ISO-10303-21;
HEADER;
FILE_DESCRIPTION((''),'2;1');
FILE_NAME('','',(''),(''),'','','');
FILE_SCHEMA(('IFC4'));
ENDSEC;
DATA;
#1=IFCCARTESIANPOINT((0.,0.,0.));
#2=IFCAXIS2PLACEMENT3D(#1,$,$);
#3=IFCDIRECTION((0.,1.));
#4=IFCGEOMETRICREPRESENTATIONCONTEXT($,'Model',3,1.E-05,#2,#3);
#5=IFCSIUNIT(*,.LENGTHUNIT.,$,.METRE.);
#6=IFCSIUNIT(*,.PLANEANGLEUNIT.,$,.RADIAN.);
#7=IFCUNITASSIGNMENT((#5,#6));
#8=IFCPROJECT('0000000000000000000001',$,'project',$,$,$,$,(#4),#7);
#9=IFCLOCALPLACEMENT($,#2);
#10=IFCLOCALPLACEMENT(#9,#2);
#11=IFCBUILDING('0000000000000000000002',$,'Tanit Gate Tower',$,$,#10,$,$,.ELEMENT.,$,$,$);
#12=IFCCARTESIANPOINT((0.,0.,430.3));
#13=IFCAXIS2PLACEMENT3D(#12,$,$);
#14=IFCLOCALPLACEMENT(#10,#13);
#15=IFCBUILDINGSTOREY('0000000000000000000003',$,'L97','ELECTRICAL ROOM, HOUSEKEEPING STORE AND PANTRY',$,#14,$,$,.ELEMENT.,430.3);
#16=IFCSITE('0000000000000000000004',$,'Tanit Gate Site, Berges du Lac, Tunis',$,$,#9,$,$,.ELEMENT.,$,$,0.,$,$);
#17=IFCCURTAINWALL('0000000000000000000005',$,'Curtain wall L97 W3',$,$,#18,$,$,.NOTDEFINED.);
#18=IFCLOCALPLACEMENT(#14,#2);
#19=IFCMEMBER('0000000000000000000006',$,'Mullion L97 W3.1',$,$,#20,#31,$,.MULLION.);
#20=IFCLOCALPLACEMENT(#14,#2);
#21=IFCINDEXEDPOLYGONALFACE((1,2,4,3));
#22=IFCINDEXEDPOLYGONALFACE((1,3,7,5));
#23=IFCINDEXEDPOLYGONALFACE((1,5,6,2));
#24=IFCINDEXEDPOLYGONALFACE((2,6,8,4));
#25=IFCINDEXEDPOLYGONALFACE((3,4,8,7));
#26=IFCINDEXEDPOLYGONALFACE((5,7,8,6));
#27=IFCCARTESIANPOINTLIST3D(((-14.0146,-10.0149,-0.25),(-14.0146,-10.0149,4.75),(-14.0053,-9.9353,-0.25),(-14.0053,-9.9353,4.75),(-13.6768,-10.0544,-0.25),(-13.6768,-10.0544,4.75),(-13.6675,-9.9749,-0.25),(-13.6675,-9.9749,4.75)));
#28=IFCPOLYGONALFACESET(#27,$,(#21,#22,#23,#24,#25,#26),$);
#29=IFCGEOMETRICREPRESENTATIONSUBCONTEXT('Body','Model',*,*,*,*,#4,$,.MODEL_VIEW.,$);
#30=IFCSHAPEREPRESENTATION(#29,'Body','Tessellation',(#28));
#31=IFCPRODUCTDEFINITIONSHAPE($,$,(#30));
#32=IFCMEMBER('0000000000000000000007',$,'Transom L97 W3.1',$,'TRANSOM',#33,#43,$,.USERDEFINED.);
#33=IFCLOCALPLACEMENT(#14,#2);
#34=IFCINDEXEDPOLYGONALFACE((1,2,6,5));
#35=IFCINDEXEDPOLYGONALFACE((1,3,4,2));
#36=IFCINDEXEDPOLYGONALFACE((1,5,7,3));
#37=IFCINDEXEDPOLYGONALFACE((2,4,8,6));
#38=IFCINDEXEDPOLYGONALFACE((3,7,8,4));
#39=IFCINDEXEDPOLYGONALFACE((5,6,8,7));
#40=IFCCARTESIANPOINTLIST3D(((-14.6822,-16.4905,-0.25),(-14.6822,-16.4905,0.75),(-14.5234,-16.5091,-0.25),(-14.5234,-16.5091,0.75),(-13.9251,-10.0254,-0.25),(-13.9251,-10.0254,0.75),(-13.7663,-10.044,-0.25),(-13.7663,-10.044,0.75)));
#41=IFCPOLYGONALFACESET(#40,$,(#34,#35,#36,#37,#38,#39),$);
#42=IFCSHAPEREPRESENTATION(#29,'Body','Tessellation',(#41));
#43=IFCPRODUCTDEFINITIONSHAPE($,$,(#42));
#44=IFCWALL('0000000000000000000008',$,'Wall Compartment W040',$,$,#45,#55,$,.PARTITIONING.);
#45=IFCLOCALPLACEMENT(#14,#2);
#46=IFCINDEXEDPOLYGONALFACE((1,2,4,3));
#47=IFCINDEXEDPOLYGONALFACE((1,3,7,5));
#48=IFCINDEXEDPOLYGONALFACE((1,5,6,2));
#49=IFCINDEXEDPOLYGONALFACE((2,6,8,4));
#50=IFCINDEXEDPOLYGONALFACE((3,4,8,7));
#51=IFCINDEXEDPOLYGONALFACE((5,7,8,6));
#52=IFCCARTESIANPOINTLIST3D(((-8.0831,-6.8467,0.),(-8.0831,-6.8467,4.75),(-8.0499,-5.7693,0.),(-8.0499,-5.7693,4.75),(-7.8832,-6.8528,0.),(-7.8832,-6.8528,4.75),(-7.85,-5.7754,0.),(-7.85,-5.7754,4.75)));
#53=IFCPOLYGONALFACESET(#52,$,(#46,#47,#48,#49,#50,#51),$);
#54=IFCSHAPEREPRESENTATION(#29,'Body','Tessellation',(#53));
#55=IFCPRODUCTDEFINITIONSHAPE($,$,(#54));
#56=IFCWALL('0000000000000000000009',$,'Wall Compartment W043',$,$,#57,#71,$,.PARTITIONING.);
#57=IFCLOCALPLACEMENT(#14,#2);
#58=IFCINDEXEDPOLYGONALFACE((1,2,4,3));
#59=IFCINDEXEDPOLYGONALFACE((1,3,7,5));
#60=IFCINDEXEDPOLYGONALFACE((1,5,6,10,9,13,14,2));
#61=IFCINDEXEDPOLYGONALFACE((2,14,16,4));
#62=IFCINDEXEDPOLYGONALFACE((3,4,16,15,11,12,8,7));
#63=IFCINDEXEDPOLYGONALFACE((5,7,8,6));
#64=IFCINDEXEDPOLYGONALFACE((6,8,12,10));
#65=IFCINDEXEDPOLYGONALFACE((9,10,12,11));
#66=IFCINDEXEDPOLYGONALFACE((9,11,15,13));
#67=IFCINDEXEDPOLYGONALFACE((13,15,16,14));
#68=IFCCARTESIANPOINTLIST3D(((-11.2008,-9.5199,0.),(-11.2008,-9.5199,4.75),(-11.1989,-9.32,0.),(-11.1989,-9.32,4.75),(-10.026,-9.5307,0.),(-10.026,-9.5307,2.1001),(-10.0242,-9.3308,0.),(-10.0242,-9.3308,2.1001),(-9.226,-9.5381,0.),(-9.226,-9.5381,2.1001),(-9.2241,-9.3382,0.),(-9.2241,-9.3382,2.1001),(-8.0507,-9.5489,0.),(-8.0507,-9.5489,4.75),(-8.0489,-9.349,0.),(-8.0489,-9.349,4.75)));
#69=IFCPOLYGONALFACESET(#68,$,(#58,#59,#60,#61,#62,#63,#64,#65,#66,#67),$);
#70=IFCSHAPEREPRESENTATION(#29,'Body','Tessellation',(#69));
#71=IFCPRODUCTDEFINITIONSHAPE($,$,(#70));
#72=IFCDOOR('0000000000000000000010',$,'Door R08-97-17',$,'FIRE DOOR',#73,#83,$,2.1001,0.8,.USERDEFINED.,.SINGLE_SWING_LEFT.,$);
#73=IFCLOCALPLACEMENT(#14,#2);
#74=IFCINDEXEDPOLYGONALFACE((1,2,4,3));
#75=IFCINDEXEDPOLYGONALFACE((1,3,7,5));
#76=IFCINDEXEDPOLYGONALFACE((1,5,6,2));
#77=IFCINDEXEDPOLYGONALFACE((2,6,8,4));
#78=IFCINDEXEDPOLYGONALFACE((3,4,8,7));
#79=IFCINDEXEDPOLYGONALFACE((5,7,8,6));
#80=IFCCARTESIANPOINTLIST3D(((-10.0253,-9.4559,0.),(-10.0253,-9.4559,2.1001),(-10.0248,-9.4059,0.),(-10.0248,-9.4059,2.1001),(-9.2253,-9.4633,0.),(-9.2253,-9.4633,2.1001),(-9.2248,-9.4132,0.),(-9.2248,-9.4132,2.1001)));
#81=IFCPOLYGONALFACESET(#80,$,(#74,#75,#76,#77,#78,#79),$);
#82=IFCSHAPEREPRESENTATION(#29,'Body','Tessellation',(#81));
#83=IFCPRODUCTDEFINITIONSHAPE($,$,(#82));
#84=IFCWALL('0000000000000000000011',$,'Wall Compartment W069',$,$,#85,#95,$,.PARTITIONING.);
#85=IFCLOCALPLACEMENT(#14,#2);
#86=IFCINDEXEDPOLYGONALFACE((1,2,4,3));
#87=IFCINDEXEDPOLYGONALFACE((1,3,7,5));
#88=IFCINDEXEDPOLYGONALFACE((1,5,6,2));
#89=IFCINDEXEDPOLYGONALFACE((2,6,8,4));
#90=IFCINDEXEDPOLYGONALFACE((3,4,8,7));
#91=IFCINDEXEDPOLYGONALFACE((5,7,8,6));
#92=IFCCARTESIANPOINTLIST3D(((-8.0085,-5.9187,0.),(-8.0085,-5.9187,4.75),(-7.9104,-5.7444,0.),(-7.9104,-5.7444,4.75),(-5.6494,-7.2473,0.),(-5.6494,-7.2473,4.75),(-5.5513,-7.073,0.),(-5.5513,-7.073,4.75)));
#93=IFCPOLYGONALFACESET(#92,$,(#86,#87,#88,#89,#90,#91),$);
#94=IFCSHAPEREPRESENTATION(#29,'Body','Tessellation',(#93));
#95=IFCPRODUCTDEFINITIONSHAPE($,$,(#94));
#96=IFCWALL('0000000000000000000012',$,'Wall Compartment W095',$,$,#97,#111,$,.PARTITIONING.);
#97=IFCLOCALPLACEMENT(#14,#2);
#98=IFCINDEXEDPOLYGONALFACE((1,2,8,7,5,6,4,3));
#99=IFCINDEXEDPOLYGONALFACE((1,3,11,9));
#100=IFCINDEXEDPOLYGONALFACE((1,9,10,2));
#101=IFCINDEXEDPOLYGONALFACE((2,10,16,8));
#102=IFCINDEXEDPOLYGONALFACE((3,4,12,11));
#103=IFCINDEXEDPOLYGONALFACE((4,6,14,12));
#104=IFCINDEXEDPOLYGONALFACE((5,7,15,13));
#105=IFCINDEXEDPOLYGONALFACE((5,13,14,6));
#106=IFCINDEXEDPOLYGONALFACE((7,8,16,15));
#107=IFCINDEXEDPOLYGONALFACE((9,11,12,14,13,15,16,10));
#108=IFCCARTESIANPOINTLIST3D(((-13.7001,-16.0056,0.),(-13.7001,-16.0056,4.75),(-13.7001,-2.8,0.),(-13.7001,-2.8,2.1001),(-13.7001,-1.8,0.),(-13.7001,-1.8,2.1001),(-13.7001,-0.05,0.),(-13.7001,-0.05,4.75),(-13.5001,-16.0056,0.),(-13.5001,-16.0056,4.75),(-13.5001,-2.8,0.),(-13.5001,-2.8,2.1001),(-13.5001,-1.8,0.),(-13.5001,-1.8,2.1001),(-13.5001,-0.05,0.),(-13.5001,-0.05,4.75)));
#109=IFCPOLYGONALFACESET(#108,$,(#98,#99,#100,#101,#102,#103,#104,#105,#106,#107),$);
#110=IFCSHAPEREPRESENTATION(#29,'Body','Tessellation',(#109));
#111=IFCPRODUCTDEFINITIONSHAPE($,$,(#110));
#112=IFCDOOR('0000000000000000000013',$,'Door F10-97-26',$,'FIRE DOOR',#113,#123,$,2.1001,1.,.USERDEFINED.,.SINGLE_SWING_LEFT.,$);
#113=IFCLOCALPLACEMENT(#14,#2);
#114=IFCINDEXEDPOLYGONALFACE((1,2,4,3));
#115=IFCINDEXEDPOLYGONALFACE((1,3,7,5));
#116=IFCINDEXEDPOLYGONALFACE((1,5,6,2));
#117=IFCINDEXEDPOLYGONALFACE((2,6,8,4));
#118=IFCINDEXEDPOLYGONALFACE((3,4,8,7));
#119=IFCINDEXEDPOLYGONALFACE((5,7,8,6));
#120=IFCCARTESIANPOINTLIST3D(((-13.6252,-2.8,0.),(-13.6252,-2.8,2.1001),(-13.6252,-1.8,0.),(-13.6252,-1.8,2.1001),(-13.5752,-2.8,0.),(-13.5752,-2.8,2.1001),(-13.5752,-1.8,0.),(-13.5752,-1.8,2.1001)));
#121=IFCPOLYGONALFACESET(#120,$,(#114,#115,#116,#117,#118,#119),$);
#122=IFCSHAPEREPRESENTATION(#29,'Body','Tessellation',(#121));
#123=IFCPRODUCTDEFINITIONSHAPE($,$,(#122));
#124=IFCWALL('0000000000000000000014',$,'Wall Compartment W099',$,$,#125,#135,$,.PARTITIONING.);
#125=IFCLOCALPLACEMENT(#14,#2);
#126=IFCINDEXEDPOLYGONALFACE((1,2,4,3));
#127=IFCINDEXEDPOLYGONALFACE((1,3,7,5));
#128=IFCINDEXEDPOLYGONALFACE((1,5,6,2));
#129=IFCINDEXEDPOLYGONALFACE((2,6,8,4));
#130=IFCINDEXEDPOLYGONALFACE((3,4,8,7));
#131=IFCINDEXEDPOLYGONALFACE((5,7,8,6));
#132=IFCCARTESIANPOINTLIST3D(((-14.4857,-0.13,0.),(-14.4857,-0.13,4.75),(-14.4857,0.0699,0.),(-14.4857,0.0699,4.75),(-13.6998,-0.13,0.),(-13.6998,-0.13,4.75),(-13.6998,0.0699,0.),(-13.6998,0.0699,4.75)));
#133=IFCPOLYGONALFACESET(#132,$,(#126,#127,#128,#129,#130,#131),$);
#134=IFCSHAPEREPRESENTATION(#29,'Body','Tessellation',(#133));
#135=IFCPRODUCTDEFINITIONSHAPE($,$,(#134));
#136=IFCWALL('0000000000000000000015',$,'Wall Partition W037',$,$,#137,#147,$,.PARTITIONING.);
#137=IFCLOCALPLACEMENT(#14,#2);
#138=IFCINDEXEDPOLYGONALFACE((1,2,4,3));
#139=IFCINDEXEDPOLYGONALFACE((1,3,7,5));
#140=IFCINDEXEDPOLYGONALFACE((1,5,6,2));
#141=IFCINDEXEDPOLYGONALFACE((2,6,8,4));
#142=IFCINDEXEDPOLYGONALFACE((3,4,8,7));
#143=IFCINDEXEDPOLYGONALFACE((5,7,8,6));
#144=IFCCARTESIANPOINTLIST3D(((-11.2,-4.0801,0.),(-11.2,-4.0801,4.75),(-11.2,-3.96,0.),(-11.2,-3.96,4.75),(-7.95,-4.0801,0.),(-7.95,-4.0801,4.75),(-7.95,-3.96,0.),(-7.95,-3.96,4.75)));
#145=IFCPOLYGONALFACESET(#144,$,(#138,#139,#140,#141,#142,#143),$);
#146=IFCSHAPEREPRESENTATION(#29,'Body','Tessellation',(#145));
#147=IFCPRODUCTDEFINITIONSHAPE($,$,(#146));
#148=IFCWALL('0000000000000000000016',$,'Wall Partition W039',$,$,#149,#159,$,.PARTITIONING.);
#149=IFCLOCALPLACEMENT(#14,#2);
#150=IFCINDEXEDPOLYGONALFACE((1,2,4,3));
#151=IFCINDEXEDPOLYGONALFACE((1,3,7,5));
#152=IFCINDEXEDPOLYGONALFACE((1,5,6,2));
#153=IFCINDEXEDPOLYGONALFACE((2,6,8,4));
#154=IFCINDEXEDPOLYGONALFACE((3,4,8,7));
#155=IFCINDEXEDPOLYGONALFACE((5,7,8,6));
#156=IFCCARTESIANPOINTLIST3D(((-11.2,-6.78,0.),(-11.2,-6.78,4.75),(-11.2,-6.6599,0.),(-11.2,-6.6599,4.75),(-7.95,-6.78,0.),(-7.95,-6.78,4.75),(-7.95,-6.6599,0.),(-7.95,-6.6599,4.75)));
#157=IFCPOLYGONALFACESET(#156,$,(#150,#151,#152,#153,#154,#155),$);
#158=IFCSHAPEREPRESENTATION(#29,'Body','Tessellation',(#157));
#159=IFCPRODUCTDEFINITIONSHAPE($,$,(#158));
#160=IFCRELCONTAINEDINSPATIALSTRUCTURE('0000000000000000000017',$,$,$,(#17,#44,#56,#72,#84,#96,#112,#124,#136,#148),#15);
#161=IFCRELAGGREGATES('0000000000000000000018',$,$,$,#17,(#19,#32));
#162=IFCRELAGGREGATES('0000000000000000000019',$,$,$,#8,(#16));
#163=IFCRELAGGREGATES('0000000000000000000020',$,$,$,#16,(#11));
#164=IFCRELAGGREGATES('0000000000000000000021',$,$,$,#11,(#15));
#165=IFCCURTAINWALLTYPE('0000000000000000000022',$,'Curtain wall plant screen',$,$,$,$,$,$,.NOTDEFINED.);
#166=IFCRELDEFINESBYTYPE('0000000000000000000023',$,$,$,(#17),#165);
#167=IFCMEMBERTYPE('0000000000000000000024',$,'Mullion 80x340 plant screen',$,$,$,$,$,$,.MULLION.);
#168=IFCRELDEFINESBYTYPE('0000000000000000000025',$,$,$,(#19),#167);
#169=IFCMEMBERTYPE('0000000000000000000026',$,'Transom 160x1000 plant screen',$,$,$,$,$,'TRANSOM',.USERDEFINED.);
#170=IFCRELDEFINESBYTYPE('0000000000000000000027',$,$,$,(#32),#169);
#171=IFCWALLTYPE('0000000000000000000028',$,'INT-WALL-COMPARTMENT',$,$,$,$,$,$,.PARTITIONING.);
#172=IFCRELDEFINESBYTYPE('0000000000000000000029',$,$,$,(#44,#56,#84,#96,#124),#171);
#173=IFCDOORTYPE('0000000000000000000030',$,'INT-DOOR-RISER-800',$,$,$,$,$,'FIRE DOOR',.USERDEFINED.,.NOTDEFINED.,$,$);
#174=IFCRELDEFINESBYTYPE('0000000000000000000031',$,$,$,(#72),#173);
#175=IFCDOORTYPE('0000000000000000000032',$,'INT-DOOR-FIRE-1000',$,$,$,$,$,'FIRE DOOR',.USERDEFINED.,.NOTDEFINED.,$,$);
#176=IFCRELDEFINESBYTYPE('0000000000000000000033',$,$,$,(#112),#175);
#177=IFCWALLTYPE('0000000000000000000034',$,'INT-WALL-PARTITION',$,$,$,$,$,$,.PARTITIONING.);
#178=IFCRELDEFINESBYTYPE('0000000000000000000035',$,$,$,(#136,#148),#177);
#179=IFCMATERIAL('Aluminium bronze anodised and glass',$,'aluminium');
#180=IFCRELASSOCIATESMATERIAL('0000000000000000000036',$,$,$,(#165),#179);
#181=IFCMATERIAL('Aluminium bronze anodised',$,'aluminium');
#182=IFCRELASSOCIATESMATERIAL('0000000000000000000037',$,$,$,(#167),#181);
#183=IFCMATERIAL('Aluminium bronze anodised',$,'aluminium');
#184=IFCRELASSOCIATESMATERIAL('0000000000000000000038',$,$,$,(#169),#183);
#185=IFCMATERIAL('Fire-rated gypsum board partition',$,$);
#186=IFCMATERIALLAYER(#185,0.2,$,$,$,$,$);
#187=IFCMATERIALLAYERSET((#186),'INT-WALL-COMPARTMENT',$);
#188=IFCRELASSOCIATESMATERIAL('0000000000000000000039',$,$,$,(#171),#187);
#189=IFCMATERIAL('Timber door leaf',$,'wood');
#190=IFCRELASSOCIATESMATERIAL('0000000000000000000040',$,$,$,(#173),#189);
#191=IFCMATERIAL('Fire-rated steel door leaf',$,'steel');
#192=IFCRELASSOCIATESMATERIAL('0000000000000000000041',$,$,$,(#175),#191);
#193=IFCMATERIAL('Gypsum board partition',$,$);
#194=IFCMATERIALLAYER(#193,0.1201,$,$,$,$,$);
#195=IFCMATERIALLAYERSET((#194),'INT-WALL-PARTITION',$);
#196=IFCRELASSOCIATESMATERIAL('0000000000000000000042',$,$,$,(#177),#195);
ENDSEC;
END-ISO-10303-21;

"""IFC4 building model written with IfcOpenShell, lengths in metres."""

from ifc_helpers import new_model, si_unit, direction, frame, frame_2d, origin, origin_2d, place, context, subcontext, project, spatial, rectangle, extrude, material, layer, layer_set, material_profile, profile_set, type_object, element, fill, aggregate, save


model = new_model("IFC4")

# Units and contexts
model_context = context("Model", 3, precision=1e-05, world=origin(), true_north=direction((0.0, 1.0)))
body_context = subcontext(model_context, "Body", "Model", "MODEL_VIEW")
ifc_project = project(units=[si_unit("LENGTHUNIT", "METRE"), si_unit("PLANEANGLEUNIT", "RADIAN")], contexts=[model_context])

# Site, building, storey
site_placement = place(None, origin())
site = spatial("IfcSite", under=ifc_project, at=site_placement, Name="Tanit Gate Site, Berges du Lac, Tunis", CompositionType="ELEMENT", RefElevation=0.0)
building_placement = place(site_placement, origin())
building = spatial("IfcBuilding", under=site, at=building_placement, Name="Tanit Gate Tower", CompositionType="ELEMENT")
storey_placement = place(building_placement, frame((0.0, 0.0, 430.3)))
storey = spatial("IfcBuildingStorey", under=building, at=storey_placement, Name="L97", Description="ELECTRICAL ROOM, HOUSEKEEPING STORE AND PANTRY", CompositionType="ELEMENT", Elevation=430.3)

# Curtain wall, members
ifc_material_1 = material(Name="Aluminium bronze anodised and glass", Category="aluminium")
curtain_wall_type = type_object("IfcCurtainWallType", Name="Curtain wall plant screen", PredefinedType="NOTDEFINED", material=ifc_material_1)
curtain_wall_placement = place(storey_placement, origin())
curtain_wall = element("IfcCurtainWall", 1, at=curtain_wall_placement, inside=storey, type_object=curtain_wall_type, Name="Curtain wall L97 W3", PredefinedType="NOTDEFINED")
ifc_material_2 = material(Name="Aluminium bronze anodised", Category="aluminium")
ifc_material_profile_1 = material_profile(ifc_material_2, rectangle(XDim=0.3401, YDim=0.0801, at=origin_2d()), Name="80x340 bronze mullion")
ifc_profile_set_1 = profile_set([ifc_material_profile_1], Name="Aluminium bronze anodised")
member_type_1 = type_object("IfcMemberType", Name="Mullion 80x340 plant screen", PredefinedType="MULLION", material=ifc_profile_set_1)
member_1_placement = place(storey_placement, frame((-13.8411, -9.9949, -0.25), z_axis=(0.0, 0.0, 1.0), x_axis=(0.993212, -0.116318, 0.0)))
member_1 = element("IfcMember", 2, at=member_1_placement, type_object=member_type_1, Name="Mullion L97 W3.1", PredefinedType="MULLION", context=body_context, shape_type="SweptSolid", body=[
    extrude(rectangle(XDim=0.3401, YDim=0.0801, at=origin_2d()), origin(), (0.0, 0.0, 1.0), 5.0),
])
ifc_material_3 = material(Name="Aluminium bronze anodised", Category="aluminium")
ifc_material_profile_2 = material_profile(ifc_material_3, rectangle(XDim=0.1599, YDim=1.0, at=origin_2d()), Name="160x1000 bronze transom")
ifc_profile_set_2 = profile_set([ifc_material_profile_2], Name="Aluminium bronze anodised")
member_type_2 = type_object("IfcMemberType", Name="Transom 160x1000 plant screen", ElementType="TRANSOM", PredefinedType="USERDEFINED", material=ifc_profile_set_2)
member_2_placement = place(storey_placement, frame((-13.8457, -10.0347, 0.25), z_axis=(-0.116308, -0.993213, 0.0), x_axis=(0.993213, -0.116308, 0.0)))
member_2 = element("IfcMember", 3, at=member_2_placement, type_object=member_type_2, Name="Transom L97 W3.1", ObjectType="TRANSOM", PredefinedType="USERDEFINED", context=body_context, shape_type="SweptSolid", body=[
    extrude(rectangle(XDim=0.1599, YDim=1.0, at=origin_2d()), origin(), (0.0, 0.0, 1.0), 6.5093),
])
aggregate(curtain_wall, [member_1, member_2])

# Wall
ifc_material_4 = material(Name="Fire-rated gypsum board partition")
ifc_layer_1 = layer(ifc_material_4, 0.2)
ifc_layer_set_1 = layer_set([ifc_layer_1], Name="INT-WALL-COMPARTMENT")
wall_type_1 = type_object("IfcWallType", Name="INT-WALL-COMPARTMENT", PredefinedType="PARTITIONING", material=ifc_layer_set_1)
wall_1_placement = place(storey_placement, frame((-7.9832, -6.8499, 0.0), z_axis=(0.0, 0.0, 1.0), x_axis=(0.030803, 0.999525, 0.0)))
element("IfcWall", 4, at=wall_1_placement, inside=storey, type_object=wall_type_1, Name="Wall Compartment W040", PredefinedType="PARTITIONING", context=body_context, shape_type="SweptSolid", body=[
    extrude(rectangle(XDim=1.0779, YDim=0.2, at=frame_2d((0.5391, 0.0))), origin(), (0.0, 0.0, 1.0), 4.75),
])

# Wall, opening, door
wall_2_placement = place(storey_placement, frame((-11.2, -9.4199, 0.0), z_axis=(0.0, 0.0, 1.0), x_axis=(0.999957, -0.009223, 0.0)))
wall_2 = element("IfcWall", 5, at=wall_2_placement, inside=storey, type_object=wall_type_1, Name="Wall Compartment W043", PredefinedType="PARTITIONING", context=body_context, shape_type="SweptSolid", body=[
    extrude(rectangle(XDim=3.1501, YDim=0.2, at=frame_2d((1.5752, 0.0))), origin(), (0.0, 0.0, 1.0), 4.75),
])
opening_1_placement = place(wall_2_placement, frame((1.175, 0.0, 0.0)))
opening_1 = element("IfcOpeningElement", 6, at=opening_1_placement, cuts=wall_2, PredefinedType="OPENING", context=body_context, shape_type="SweptSolid", body=[
    extrude(rectangle(XDim=0.8, YDim=2.1001, at=frame_2d((0.3999, 1.05))), frame((0.0, 0.1099, 0.0), z_axis=(0.0, -1.0, 0.0), x_axis=(1.0, 0.0, 0.0)), (0.0, 0.0, 1.0), 0.22),
])
ifc_material_5 = material(Name="Timber door leaf", Category="wood")
door_type_1 = type_object("IfcDoorType", Name="INT-DOOR-RISER-800", ElementType="FIRE DOOR", OperationType="NOTDEFINED", PredefinedType="USERDEFINED", material=ifc_material_5)
door_1_placement = place(opening_1_placement, origin())
door_1 = element("IfcDoor", 7, at=door_1_placement, inside=storey, type_object=door_type_1, Name="Door R08-97-17", ObjectType="FIRE DOOR", OperationType="SINGLE_SWING_LEFT", OverallHeight=2.1001, OverallWidth=0.8, PredefinedType="USERDEFINED", context=body_context, shape_type="SweptSolid", body=[
    extrude(rectangle(XDim=0.8, YDim=2.1001, at=frame_2d((0.3999, 1.05))), frame((0.0, 0.0249, 0.0), z_axis=(0.0, -1.0, 0.0), x_axis=(1.0, 0.0, 0.0)), (0.0, 0.0, 1.0), 0.05),
])
fill(opening_1, door_1)

# Wall
wall_3_placement = place(storey_placement, frame((-7.9595, -5.8315, 0.0), z_axis=(0.0, 0.0, 1.0), x_axis=(0.871323, -0.490711, 0.0)))
element("IfcWall", 8, at=wall_3_placement, inside=storey, type_object=wall_type_1, Name="Wall Compartment W069", PredefinedType="PARTITIONING", context=body_context, shape_type="SweptSolid", body=[
    extrude(rectangle(XDim=2.7075, YDim=0.2, at=frame_2d((1.3538, 0.0))), origin(), (0.0, 0.0, 1.0), 4.75),
])

# Wall, opening, door
wall_4_placement = place(storey_placement, frame((-13.6001, -0.05, 0.0), z_axis=(0.0, 0.0, 1.0), x_axis=(0.0, -1.0, 0.0)))
wall_4 = element("IfcWall", 9, at=wall_4_placement, inside=storey, type_object=wall_type_1, Name="Wall Compartment W095", PredefinedType="PARTITIONING", context=body_context, shape_type="SweptSolid", body=[
    extrude(rectangle(XDim=15.9556, YDim=0.2, at=frame_2d((7.9778, 0.0))), origin(), (0.0, 0.0, 1.0), 4.75),
])
opening_2_placement = place(wall_4_placement, frame((1.75, 0.0, 0.0)))
opening_2 = element("IfcOpeningElement", 10, at=opening_2_placement, cuts=wall_4, PredefinedType="OPENING", context=body_context, shape_type="SweptSolid", body=[
    extrude(rectangle(XDim=1.0, YDim=2.1001, at=frame_2d((0.5, 1.05))), frame((0.0, 0.1099, 0.0), z_axis=(0.0, -1.0, 0.0), x_axis=(1.0, 0.0, 0.0)), (0.0, 0.0, 1.0), 0.22),
])
ifc_material_6 = material(Name="Fire-rated steel door leaf", Category="steel")
door_type_2 = type_object("IfcDoorType", Name="INT-DOOR-FIRE-1000", ElementType="FIRE DOOR", OperationType="NOTDEFINED", PredefinedType="USERDEFINED", material=ifc_material_6)
door_2_placement = place(opening_2_placement, origin())
door_2 = element("IfcDoor", 11, at=door_2_placement, inside=storey, type_object=door_type_2, Name="Door F10-97-26", ObjectType="FIRE DOOR", OperationType="SINGLE_SWING_LEFT", OverallHeight=2.1001, OverallWidth=1.0, PredefinedType="USERDEFINED", context=body_context, shape_type="SweptSolid", body=[
    extrude(rectangle(XDim=1.0, YDim=2.1001, at=frame_2d((0.5, 1.05))), frame((0.0, 0.0249, 0.0), z_axis=(0.0, -1.0, 0.0), x_axis=(1.0, 0.0, 0.0)), (0.0, 0.0, 1.0), 0.05),
])
fill(opening_2, door_2)

# Walls
wall_5_placement = place(storey_placement, frame((-14.4858, -0.03, 0.0), z_axis=(0.0, 0.0, 1.0), x_axis=(1.0, 0.0, 0.0)))
element("IfcWall", 12, at=wall_5_placement, inside=storey, type_object=wall_type_1, Name="Wall Compartment W099", PredefinedType="PARTITIONING", context=body_context, shape_type="SweptSolid", body=[
    extrude(rectangle(XDim=0.7859, YDim=0.2, at=frame_2d((0.3931, 0.0))), origin(), (0.0, 0.0, 1.0), 4.75),
])
ifc_material_7 = material(Name="Gypsum board partition")
ifc_layer_2 = layer(ifc_material_7, 0.1201)
ifc_layer_set_2 = layer_set([ifc_layer_2], Name="INT-WALL-PARTITION")
wall_type_2 = type_object("IfcWallType", Name="INT-WALL-PARTITION", PredefinedType="PARTITIONING", material=ifc_layer_set_2)
for number, where, z_axis, x_axis, name in (
    (13, (-11.2, -4.02, 0.0), (0.0, 0.0, 1.0), (1.0, 0.0, 0.0), "Wall Partition W037"),
    (14, (-11.2, -6.72, 0.0), (0.0, 0.0, 1.0), (1.0, 0.0, 0.0), "Wall Partition W039"),
):
    element("IfcWall", number, at=place(storey_placement, frame(where, z_axis=z_axis, x_axis=x_axis)), inside=storey, type_object=wall_type_2, Name=name, PredefinedType="PARTITIONING", context=body_context, shape_type="SweptSolid", body=[
        extrude(rectangle(XDim=3.25, YDim=0.1201, at=frame_2d((1.625, 0.0))), origin(), (0.0, 0.0, 1.0), 4.75),
    ])

save(model, "model.ifc")
